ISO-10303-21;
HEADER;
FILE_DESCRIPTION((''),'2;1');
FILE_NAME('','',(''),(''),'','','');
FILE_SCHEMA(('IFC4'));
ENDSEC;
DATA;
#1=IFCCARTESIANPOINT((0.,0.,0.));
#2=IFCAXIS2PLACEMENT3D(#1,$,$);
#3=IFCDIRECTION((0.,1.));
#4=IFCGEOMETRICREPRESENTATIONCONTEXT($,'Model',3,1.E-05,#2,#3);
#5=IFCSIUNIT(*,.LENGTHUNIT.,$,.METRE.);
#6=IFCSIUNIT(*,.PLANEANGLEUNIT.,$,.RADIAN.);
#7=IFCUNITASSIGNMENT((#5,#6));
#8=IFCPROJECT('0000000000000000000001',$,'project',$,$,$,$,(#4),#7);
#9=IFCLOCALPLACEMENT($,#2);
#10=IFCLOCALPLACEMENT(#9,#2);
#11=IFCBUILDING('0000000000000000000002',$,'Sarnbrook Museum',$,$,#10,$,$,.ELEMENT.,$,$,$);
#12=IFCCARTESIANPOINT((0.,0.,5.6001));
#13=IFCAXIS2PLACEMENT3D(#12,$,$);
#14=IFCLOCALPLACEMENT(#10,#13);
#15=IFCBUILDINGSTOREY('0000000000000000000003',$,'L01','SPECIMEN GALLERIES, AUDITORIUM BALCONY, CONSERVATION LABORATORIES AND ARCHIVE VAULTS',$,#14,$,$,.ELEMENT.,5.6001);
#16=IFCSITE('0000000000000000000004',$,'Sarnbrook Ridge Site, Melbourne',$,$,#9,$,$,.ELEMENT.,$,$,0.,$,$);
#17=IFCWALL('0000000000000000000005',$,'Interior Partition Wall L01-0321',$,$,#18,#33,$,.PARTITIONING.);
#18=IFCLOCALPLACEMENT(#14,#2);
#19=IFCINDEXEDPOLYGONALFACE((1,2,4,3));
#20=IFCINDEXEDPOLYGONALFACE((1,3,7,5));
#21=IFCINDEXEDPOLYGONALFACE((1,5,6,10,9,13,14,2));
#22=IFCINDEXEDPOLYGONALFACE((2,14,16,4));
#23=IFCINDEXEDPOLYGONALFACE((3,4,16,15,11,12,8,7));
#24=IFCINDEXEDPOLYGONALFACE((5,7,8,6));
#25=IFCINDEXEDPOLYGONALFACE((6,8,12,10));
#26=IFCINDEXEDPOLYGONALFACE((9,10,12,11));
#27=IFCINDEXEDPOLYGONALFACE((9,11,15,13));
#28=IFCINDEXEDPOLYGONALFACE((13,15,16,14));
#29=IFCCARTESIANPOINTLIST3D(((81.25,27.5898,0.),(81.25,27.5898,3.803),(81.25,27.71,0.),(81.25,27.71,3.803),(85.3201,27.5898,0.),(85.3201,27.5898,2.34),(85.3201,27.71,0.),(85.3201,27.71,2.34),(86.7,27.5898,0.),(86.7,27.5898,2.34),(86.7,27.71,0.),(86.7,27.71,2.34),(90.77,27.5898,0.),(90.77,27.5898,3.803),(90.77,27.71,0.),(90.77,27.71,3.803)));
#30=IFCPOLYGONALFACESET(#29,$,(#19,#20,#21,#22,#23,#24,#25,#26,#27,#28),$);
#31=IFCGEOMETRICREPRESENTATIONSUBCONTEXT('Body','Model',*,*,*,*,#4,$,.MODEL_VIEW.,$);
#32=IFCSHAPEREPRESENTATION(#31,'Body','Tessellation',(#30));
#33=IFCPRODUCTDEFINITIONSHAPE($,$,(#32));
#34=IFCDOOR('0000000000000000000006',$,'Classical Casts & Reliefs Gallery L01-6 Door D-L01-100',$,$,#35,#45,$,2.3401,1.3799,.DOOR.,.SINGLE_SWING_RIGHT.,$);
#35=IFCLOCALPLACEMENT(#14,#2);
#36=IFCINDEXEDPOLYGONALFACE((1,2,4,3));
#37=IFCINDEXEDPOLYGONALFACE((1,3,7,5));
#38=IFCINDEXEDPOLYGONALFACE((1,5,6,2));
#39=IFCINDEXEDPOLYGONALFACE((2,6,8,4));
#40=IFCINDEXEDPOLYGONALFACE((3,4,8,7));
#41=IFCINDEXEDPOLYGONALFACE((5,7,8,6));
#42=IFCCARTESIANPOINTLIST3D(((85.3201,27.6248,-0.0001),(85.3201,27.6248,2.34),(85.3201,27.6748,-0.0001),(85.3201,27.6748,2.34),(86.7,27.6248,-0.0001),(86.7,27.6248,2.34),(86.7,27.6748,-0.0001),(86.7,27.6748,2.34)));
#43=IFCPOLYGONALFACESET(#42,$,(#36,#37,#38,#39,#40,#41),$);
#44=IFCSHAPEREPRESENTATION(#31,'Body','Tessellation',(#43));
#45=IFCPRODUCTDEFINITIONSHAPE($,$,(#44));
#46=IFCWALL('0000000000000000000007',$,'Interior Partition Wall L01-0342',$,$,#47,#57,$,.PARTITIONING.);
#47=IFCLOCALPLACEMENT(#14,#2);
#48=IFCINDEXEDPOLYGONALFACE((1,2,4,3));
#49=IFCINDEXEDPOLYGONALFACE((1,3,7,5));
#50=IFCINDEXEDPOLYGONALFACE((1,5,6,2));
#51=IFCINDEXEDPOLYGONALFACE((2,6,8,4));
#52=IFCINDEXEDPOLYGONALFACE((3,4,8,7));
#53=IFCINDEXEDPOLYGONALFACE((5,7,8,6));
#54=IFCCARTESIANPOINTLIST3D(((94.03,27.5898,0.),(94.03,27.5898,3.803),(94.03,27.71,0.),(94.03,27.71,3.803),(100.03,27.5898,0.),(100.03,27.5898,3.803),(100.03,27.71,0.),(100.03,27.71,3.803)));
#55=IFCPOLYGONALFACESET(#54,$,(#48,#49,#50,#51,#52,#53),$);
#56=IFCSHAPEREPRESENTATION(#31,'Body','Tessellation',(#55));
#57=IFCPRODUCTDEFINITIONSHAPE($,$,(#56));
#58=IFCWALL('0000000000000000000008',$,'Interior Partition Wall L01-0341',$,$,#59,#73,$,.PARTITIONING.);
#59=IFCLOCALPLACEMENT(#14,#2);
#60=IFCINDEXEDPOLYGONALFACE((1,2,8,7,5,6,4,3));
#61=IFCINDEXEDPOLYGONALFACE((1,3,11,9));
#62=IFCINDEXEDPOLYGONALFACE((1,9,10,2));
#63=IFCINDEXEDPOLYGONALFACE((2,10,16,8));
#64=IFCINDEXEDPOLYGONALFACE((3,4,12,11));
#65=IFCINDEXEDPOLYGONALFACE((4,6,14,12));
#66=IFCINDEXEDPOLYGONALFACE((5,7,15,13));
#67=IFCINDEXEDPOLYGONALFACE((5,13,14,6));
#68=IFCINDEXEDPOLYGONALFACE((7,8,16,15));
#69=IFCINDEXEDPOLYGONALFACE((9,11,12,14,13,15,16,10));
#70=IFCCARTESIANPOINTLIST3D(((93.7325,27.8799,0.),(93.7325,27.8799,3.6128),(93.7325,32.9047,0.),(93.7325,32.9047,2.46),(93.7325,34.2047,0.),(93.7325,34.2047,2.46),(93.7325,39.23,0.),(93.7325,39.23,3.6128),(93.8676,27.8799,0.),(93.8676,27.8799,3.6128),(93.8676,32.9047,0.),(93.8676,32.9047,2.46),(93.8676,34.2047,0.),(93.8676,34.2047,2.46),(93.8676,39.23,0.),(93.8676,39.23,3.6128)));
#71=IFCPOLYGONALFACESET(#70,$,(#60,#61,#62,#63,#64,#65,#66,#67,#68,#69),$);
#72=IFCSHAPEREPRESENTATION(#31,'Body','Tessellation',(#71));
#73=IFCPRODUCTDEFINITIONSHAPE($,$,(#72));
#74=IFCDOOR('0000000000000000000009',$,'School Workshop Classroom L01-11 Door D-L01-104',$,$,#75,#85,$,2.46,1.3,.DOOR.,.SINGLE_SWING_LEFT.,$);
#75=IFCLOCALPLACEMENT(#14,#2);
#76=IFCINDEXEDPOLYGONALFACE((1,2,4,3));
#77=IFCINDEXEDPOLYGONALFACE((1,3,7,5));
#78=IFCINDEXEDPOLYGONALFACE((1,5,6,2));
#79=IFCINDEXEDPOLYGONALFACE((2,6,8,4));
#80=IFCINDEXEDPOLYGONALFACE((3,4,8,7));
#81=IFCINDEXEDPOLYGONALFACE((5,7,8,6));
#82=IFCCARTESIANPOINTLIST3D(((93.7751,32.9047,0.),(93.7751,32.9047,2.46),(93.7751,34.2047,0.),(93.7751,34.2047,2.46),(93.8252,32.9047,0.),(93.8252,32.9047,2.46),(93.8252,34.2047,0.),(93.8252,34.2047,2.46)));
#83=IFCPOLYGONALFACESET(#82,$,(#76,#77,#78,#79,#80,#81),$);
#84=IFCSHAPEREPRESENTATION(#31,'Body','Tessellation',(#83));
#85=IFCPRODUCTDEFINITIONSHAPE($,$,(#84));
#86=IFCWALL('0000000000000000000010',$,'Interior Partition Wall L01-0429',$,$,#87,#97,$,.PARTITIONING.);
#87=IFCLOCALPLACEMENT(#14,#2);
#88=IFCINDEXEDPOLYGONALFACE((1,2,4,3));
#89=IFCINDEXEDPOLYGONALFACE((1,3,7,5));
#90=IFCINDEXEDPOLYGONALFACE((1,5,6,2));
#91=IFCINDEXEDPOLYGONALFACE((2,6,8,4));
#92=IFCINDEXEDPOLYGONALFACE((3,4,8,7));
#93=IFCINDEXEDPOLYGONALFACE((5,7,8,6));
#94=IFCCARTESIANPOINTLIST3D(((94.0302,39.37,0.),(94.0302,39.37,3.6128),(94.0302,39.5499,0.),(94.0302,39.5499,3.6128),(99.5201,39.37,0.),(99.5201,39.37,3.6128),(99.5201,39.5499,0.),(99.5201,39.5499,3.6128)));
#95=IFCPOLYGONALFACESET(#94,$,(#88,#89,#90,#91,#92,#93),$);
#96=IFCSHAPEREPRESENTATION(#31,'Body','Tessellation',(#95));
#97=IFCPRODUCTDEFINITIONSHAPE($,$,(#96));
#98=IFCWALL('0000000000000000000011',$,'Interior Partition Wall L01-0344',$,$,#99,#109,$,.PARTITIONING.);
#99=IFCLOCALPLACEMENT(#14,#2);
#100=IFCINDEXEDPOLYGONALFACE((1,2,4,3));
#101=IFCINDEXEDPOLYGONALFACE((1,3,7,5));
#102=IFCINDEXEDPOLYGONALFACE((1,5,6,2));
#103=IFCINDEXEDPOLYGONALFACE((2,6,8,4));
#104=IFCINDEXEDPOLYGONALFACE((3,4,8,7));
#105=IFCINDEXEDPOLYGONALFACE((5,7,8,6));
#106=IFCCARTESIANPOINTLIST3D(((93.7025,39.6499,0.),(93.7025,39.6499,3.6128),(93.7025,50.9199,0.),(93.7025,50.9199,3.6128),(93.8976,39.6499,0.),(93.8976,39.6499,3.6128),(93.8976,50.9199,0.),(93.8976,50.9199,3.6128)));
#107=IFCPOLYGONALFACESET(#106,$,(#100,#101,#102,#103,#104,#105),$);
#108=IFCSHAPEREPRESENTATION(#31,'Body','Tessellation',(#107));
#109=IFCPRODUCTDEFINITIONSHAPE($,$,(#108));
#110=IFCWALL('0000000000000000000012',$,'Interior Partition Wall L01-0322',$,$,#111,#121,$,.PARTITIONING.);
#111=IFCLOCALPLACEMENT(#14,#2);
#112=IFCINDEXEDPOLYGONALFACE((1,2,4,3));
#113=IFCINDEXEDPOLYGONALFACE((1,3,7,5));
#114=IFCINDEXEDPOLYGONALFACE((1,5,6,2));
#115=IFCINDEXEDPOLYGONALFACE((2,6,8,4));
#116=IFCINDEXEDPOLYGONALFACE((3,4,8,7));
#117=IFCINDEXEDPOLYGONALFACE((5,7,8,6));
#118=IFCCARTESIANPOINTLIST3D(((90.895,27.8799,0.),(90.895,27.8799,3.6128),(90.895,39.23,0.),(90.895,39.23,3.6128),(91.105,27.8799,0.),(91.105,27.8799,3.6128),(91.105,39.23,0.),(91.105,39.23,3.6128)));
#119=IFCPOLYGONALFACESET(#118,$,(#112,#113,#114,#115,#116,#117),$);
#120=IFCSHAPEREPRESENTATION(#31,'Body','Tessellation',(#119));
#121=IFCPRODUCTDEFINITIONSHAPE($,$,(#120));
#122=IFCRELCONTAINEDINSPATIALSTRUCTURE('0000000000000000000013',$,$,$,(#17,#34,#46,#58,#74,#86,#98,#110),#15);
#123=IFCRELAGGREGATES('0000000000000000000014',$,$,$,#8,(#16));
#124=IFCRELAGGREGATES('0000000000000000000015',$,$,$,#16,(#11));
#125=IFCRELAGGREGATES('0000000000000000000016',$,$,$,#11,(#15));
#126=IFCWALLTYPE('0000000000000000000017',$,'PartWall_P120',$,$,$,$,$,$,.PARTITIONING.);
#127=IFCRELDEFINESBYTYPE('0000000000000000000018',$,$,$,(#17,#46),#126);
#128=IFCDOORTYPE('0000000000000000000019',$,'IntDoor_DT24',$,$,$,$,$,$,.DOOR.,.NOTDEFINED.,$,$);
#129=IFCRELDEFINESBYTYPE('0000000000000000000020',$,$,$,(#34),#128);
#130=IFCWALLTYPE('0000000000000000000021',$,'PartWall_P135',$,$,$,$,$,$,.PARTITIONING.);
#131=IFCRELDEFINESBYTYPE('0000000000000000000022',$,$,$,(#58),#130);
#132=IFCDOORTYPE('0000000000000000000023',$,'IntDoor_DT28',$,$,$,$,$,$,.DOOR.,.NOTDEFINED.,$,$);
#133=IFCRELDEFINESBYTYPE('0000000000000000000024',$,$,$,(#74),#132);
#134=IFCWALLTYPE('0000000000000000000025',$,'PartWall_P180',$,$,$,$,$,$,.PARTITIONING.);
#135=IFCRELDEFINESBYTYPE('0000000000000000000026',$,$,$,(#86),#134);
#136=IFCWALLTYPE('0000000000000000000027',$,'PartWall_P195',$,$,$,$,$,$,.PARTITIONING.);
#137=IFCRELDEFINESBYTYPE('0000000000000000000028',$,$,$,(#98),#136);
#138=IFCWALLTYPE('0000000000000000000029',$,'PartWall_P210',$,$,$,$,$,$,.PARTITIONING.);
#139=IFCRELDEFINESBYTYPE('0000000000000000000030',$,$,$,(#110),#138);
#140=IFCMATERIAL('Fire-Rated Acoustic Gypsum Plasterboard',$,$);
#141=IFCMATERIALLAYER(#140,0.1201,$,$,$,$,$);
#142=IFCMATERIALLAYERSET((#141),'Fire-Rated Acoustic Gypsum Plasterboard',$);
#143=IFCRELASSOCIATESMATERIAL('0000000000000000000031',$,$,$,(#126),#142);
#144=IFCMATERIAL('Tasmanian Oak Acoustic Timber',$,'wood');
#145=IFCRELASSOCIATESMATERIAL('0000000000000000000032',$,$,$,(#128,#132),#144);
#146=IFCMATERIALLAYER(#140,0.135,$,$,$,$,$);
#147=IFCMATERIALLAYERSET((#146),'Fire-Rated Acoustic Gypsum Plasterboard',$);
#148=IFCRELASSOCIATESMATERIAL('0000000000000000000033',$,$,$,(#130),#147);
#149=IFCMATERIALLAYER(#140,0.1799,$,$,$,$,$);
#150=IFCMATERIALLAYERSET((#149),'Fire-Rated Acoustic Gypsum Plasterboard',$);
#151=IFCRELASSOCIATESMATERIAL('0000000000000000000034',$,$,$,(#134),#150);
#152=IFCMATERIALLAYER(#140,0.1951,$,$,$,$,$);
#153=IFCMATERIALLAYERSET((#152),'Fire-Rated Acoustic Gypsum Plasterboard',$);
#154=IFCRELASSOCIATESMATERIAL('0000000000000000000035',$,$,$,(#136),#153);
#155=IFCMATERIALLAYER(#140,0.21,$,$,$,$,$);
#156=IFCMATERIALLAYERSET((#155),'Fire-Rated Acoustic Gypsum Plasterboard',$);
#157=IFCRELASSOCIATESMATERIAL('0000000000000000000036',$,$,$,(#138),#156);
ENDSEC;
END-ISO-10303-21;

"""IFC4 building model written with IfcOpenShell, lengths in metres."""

from ifc_helpers import new_model, si_unit, direction, frame, frame_2d, origin, place, context, subcontext, project, spatial, rectangle, extrude, material, layer, layer_set, type_object, element, fill, save


model = new_model("IFC4")

# Units and contexts
model_context = context("Model", 3, precision=1e-05, world=origin(), true_north=direction((0.0, 1.0)))
body_context = subcontext(model_context, "Body", "Model", "MODEL_VIEW")
ifc_project = project(units=[si_unit("LENGTHUNIT", "METRE"), si_unit("PLANEANGLEUNIT", "RADIAN")], contexts=[model_context])

# Site, building, storey
site_placement = place(None, origin())
site = spatial("IfcSite", under=ifc_project, at=site_placement, Name="Sarnbrook Ridge Site, Melbourne", CompositionType="ELEMENT", RefElevation=0.0)
building_placement = place(site_placement, origin())
building = spatial("IfcBuilding", under=site, at=building_placement, Name="Sarnbrook Museum", CompositionType="ELEMENT")
storey_placement = place(building_placement, frame((0.0, 0.0, 5.6001)))
storey = spatial("IfcBuildingStorey", under=building, at=storey_placement, Name="L01", Description="SPECIMEN GALLERIES, AUDITORIUM BALCONY, CONSERVATION LABORATORIES AND ARCHIVE VAULTS", CompositionType="ELEMENT", Elevation=5.6001)

# Wall, opening, door
ifc_material_1 = material(Name="Fire-Rated Acoustic Gypsum Plasterboard")
ifc_layer_1 = layer(ifc_material_1, 0.1201)
ifc_layer_set_1 = layer_set([ifc_layer_1], Name="Fire-Rated Acoustic Gypsum Plasterboard")
wall_type_1 = type_object("IfcWallType", Name="PartWall_P120", PredefinedType="PARTITIONING", material=ifc_layer_set_1)
wall_1_placement = place(storey_placement, frame((90.77, 27.6499, 0.0), z_axis=(0.0, 0.0, 1.0), x_axis=(-1.0, 0.0, 0.0)))
wall_1 = element("IfcWall", 1, at=wall_1_placement, inside=storey, type_object=wall_type_1, Name="Interior Partition Wall L01-0321", PredefinedType="PARTITIONING", context=body_context, shape_type="SweptSolid", body=[
    extrude(rectangle(XDim=9.52, YDim=0.1201, at=frame_2d((4.76, 0.0))), origin(), (0.0, 0.0, 1.0), 3.803),
])
opening_1_placement = place(wall_1_placement, frame((4.0701, 0.0, 0.0)))
opening_1 = element("IfcOpeningElement", 2, at=opening_1_placement, cuts=wall_1, PredefinedType="OPENING", context=body_context, shape_type="SweptSolid", body=[
    extrude(rectangle(XDim=1.3799, YDim=2.3401, at=frame_2d((0.6899, 1.1699))), frame((0.0, 0.0701, 0.0), z_axis=(0.0, -1.0, 0.0), x_axis=(1.0, 0.0, 0.0)), (0.0, 0.0, 1.0), 0.1401),
])
ifc_material_2 = material(Name="Tasmanian Oak Acoustic Timber", Category="wood")
door_type_1 = type_object("IfcDoorType", Name="IntDoor_DT24", OperationType="NOTDEFINED", PredefinedType="DOOR", material=ifc_material_2)
door_1_placement = place(opening_1_placement, frame((1.3799, 0.0, 0.0), z_axis=(0.0, 0.0, 1.0), x_axis=(-1.0, 0.0, 0.0)))
door_1 = element("IfcDoor", 3, at=door_1_placement, inside=storey, type_object=door_type_1, Name="Classical Casts & Reliefs Gallery L01-6 Door D-L01-100", OperationType="SINGLE_SWING_RIGHT", OverallHeight=2.3401, OverallWidth=1.3799, PredefinedType="DOOR", context=body_context, shape_type="SweptSolid", body=[
    extrude(rectangle(XDim=1.3799, YDim=2.3401, at=frame_2d((0.6899, 1.1699))), frame((0.0, 0.0249, 0.0), z_axis=(0.0, -1.0, 0.0), x_axis=(1.0, 0.0, 0.0)), (0.0, 0.0, 1.0), 0.05),
])
fill(opening_1, door_1)

# Wall
wall_2_placement = place(storey_placement, frame((100.03, 27.6499, 0.0), z_axis=(0.0, 0.0, 1.0), x_axis=(-1.0, 0.0, 0.0)))
element("IfcWall", 4, at=wall_2_placement, inside=storey, type_object=wall_type_1, Name="Interior Partition Wall L01-0342", PredefinedType="PARTITIONING", context=body_context, shape_type="SweptSolid", body=[
    extrude(rectangle(XDim=6.0, YDim=0.1201, at=frame_2d((3.0, 0.0))), origin(), (0.0, 0.0, 1.0), 3.803),
])

# Wall, opening, door
ifc_layer_2 = layer(ifc_material_1, 0.135)
ifc_layer_set_2 = layer_set([ifc_layer_2], Name="Fire-Rated Acoustic Gypsum Plasterboard")
wall_type_2 = type_object("IfcWallType", Name="PartWall_P135", PredefinedType="PARTITIONING", material=ifc_layer_set_2)
wall_3_placement = place(storey_placement, frame((93.8, 27.8799, 0.0), z_axis=(0.0, 0.0, 1.0), x_axis=(0.0, 1.0, 0.0)))
wall_3 = element("IfcWall", 5, at=wall_3_placement, inside=storey, type_object=wall_type_2, Name="Interior Partition Wall L01-0341", PredefinedType="PARTITIONING", context=body_context, shape_type="SweptSolid", body=[
    extrude(rectangle(XDim=11.3501, YDim=0.135, at=frame_2d((5.675, 0.0))), origin(), (0.0, 0.0, 1.0), 3.6128),
])
opening_2_placement = place(wall_3_placement, frame((5.0249, 0.0, 0.0)))
opening_2 = element("IfcOpeningElement", 6, at=opening_2_placement, cuts=wall_3, PredefinedType="OPENING", context=body_context, shape_type="SweptSolid", body=[
    extrude(rectangle(XDim=1.3, YDim=2.46, at=frame_2d((0.6499, 1.23))), frame((0.0, 0.0776, 0.0), z_axis=(0.0, -1.0, 0.0), x_axis=(1.0, 0.0, 0.0)), (0.0, 0.0, 1.0), 0.155),
])
door_type_2 = type_object("IfcDoorType", Name="IntDoor_DT28", OperationType="NOTDEFINED", PredefinedType="DOOR", material=ifc_material_2)
door_2_placement = place(opening_2_placement, origin())
door_2 = element("IfcDoor", 7, at=door_2_placement, inside=storey, type_object=door_type_2, Name="School Workshop Classroom L01-11 Door D-L01-104", OperationType="SINGLE_SWING_LEFT", OverallHeight=2.46, OverallWidth=1.3, PredefinedType="DOOR", context=body_context, shape_type="SweptSolid", body=[
    extrude(rectangle(XDim=1.3, YDim=2.46, at=frame_2d((0.6499, 1.23))), frame((0.0, 0.0249, 0.0), z_axis=(0.0, -1.0, 0.0), x_axis=(1.0, 0.0, 0.0)), (0.0, 0.0, 1.0), 0.05),
])
fill(opening_2, door_2)

# Walls
ifc_layer_3 = layer(ifc_material_1, 0.1799)
ifc_layer_set_3 = layer_set([ifc_layer_3], Name="Fire-Rated Acoustic Gypsum Plasterboard")
wall_type_3 = type_object("IfcWallType", Name="PartWall_P180", PredefinedType="PARTITIONING", material=ifc_layer_set_3)
wall_4_placement = place(storey_placement, frame((94.03, 39.46, 0.0), z_axis=(0.0, 0.0, 1.0), x_axis=(1.0, 0.0, 0.0)))
element("IfcWall", 8, at=wall_4_placement, inside=storey, type_object=wall_type_3, Name="Interior Partition Wall L01-0429", PredefinedType="PARTITIONING", context=body_context, shape_type="SweptSolid", body=[
    extrude(rectangle(XDim=5.49, YDim=0.1799, at=frame_2d((2.7451, 0.0))), origin(), (0.0, 0.0, 1.0), 3.6128),
])
ifc_layer_4 = layer(ifc_material_1, 0.1951)
ifc_layer_set_4 = layer_set([ifc_layer_4], Name="Fire-Rated Acoustic Gypsum Plasterboard")
wall_type_4 = type_object("IfcWallType", Name="PartWall_P195", PredefinedType="PARTITIONING", material=ifc_layer_set_4)
wall_5_placement = place(storey_placement, frame((93.8, 39.6499, 0.0), z_axis=(0.0, 0.0, 1.0), x_axis=(0.0, 1.0, 0.0)))
element("IfcWall", 9, at=wall_5_placement, inside=storey, type_object=wall_type_4, Name="Interior Partition Wall L01-0344", PredefinedType="PARTITIONING", context=body_context, shape_type="SweptSolid", body=[
    extrude(rectangle(XDim=11.27, YDim=0.1951, at=frame_2d((5.635, 0.0))), origin(), (0.0, 0.0, 1.0), 3.6128),
])
ifc_layer_5 = layer(ifc_material_1, 0.21)
ifc_layer_set_5 = layer_set([ifc_layer_5], Name="Fire-Rated Acoustic Gypsum Plasterboard")
wall_type_5 = type_object("IfcWallType", Name="PartWall_P210", PredefinedType="PARTITIONING", material=ifc_layer_set_5)
wall_6_placement = place(storey_placement, frame((91.0, 39.23, 0.0), z_axis=(0.0, 0.0, 1.0), x_axis=(0.0, -1.0, 0.0)))
element("IfcWall", 10, at=wall_6_placement, inside=storey, type_object=wall_type_5, Name="Interior Partition Wall L01-0322", PredefinedType="PARTITIONING", context=body_context, shape_type="SweptSolid", body=[
    extrude(rectangle(XDim=11.3501, YDim=0.21, at=frame_2d((5.675, 0.0))), origin(), (0.0, 0.0, 1.0), 3.6128),
])

save(model, "model.ifc")
